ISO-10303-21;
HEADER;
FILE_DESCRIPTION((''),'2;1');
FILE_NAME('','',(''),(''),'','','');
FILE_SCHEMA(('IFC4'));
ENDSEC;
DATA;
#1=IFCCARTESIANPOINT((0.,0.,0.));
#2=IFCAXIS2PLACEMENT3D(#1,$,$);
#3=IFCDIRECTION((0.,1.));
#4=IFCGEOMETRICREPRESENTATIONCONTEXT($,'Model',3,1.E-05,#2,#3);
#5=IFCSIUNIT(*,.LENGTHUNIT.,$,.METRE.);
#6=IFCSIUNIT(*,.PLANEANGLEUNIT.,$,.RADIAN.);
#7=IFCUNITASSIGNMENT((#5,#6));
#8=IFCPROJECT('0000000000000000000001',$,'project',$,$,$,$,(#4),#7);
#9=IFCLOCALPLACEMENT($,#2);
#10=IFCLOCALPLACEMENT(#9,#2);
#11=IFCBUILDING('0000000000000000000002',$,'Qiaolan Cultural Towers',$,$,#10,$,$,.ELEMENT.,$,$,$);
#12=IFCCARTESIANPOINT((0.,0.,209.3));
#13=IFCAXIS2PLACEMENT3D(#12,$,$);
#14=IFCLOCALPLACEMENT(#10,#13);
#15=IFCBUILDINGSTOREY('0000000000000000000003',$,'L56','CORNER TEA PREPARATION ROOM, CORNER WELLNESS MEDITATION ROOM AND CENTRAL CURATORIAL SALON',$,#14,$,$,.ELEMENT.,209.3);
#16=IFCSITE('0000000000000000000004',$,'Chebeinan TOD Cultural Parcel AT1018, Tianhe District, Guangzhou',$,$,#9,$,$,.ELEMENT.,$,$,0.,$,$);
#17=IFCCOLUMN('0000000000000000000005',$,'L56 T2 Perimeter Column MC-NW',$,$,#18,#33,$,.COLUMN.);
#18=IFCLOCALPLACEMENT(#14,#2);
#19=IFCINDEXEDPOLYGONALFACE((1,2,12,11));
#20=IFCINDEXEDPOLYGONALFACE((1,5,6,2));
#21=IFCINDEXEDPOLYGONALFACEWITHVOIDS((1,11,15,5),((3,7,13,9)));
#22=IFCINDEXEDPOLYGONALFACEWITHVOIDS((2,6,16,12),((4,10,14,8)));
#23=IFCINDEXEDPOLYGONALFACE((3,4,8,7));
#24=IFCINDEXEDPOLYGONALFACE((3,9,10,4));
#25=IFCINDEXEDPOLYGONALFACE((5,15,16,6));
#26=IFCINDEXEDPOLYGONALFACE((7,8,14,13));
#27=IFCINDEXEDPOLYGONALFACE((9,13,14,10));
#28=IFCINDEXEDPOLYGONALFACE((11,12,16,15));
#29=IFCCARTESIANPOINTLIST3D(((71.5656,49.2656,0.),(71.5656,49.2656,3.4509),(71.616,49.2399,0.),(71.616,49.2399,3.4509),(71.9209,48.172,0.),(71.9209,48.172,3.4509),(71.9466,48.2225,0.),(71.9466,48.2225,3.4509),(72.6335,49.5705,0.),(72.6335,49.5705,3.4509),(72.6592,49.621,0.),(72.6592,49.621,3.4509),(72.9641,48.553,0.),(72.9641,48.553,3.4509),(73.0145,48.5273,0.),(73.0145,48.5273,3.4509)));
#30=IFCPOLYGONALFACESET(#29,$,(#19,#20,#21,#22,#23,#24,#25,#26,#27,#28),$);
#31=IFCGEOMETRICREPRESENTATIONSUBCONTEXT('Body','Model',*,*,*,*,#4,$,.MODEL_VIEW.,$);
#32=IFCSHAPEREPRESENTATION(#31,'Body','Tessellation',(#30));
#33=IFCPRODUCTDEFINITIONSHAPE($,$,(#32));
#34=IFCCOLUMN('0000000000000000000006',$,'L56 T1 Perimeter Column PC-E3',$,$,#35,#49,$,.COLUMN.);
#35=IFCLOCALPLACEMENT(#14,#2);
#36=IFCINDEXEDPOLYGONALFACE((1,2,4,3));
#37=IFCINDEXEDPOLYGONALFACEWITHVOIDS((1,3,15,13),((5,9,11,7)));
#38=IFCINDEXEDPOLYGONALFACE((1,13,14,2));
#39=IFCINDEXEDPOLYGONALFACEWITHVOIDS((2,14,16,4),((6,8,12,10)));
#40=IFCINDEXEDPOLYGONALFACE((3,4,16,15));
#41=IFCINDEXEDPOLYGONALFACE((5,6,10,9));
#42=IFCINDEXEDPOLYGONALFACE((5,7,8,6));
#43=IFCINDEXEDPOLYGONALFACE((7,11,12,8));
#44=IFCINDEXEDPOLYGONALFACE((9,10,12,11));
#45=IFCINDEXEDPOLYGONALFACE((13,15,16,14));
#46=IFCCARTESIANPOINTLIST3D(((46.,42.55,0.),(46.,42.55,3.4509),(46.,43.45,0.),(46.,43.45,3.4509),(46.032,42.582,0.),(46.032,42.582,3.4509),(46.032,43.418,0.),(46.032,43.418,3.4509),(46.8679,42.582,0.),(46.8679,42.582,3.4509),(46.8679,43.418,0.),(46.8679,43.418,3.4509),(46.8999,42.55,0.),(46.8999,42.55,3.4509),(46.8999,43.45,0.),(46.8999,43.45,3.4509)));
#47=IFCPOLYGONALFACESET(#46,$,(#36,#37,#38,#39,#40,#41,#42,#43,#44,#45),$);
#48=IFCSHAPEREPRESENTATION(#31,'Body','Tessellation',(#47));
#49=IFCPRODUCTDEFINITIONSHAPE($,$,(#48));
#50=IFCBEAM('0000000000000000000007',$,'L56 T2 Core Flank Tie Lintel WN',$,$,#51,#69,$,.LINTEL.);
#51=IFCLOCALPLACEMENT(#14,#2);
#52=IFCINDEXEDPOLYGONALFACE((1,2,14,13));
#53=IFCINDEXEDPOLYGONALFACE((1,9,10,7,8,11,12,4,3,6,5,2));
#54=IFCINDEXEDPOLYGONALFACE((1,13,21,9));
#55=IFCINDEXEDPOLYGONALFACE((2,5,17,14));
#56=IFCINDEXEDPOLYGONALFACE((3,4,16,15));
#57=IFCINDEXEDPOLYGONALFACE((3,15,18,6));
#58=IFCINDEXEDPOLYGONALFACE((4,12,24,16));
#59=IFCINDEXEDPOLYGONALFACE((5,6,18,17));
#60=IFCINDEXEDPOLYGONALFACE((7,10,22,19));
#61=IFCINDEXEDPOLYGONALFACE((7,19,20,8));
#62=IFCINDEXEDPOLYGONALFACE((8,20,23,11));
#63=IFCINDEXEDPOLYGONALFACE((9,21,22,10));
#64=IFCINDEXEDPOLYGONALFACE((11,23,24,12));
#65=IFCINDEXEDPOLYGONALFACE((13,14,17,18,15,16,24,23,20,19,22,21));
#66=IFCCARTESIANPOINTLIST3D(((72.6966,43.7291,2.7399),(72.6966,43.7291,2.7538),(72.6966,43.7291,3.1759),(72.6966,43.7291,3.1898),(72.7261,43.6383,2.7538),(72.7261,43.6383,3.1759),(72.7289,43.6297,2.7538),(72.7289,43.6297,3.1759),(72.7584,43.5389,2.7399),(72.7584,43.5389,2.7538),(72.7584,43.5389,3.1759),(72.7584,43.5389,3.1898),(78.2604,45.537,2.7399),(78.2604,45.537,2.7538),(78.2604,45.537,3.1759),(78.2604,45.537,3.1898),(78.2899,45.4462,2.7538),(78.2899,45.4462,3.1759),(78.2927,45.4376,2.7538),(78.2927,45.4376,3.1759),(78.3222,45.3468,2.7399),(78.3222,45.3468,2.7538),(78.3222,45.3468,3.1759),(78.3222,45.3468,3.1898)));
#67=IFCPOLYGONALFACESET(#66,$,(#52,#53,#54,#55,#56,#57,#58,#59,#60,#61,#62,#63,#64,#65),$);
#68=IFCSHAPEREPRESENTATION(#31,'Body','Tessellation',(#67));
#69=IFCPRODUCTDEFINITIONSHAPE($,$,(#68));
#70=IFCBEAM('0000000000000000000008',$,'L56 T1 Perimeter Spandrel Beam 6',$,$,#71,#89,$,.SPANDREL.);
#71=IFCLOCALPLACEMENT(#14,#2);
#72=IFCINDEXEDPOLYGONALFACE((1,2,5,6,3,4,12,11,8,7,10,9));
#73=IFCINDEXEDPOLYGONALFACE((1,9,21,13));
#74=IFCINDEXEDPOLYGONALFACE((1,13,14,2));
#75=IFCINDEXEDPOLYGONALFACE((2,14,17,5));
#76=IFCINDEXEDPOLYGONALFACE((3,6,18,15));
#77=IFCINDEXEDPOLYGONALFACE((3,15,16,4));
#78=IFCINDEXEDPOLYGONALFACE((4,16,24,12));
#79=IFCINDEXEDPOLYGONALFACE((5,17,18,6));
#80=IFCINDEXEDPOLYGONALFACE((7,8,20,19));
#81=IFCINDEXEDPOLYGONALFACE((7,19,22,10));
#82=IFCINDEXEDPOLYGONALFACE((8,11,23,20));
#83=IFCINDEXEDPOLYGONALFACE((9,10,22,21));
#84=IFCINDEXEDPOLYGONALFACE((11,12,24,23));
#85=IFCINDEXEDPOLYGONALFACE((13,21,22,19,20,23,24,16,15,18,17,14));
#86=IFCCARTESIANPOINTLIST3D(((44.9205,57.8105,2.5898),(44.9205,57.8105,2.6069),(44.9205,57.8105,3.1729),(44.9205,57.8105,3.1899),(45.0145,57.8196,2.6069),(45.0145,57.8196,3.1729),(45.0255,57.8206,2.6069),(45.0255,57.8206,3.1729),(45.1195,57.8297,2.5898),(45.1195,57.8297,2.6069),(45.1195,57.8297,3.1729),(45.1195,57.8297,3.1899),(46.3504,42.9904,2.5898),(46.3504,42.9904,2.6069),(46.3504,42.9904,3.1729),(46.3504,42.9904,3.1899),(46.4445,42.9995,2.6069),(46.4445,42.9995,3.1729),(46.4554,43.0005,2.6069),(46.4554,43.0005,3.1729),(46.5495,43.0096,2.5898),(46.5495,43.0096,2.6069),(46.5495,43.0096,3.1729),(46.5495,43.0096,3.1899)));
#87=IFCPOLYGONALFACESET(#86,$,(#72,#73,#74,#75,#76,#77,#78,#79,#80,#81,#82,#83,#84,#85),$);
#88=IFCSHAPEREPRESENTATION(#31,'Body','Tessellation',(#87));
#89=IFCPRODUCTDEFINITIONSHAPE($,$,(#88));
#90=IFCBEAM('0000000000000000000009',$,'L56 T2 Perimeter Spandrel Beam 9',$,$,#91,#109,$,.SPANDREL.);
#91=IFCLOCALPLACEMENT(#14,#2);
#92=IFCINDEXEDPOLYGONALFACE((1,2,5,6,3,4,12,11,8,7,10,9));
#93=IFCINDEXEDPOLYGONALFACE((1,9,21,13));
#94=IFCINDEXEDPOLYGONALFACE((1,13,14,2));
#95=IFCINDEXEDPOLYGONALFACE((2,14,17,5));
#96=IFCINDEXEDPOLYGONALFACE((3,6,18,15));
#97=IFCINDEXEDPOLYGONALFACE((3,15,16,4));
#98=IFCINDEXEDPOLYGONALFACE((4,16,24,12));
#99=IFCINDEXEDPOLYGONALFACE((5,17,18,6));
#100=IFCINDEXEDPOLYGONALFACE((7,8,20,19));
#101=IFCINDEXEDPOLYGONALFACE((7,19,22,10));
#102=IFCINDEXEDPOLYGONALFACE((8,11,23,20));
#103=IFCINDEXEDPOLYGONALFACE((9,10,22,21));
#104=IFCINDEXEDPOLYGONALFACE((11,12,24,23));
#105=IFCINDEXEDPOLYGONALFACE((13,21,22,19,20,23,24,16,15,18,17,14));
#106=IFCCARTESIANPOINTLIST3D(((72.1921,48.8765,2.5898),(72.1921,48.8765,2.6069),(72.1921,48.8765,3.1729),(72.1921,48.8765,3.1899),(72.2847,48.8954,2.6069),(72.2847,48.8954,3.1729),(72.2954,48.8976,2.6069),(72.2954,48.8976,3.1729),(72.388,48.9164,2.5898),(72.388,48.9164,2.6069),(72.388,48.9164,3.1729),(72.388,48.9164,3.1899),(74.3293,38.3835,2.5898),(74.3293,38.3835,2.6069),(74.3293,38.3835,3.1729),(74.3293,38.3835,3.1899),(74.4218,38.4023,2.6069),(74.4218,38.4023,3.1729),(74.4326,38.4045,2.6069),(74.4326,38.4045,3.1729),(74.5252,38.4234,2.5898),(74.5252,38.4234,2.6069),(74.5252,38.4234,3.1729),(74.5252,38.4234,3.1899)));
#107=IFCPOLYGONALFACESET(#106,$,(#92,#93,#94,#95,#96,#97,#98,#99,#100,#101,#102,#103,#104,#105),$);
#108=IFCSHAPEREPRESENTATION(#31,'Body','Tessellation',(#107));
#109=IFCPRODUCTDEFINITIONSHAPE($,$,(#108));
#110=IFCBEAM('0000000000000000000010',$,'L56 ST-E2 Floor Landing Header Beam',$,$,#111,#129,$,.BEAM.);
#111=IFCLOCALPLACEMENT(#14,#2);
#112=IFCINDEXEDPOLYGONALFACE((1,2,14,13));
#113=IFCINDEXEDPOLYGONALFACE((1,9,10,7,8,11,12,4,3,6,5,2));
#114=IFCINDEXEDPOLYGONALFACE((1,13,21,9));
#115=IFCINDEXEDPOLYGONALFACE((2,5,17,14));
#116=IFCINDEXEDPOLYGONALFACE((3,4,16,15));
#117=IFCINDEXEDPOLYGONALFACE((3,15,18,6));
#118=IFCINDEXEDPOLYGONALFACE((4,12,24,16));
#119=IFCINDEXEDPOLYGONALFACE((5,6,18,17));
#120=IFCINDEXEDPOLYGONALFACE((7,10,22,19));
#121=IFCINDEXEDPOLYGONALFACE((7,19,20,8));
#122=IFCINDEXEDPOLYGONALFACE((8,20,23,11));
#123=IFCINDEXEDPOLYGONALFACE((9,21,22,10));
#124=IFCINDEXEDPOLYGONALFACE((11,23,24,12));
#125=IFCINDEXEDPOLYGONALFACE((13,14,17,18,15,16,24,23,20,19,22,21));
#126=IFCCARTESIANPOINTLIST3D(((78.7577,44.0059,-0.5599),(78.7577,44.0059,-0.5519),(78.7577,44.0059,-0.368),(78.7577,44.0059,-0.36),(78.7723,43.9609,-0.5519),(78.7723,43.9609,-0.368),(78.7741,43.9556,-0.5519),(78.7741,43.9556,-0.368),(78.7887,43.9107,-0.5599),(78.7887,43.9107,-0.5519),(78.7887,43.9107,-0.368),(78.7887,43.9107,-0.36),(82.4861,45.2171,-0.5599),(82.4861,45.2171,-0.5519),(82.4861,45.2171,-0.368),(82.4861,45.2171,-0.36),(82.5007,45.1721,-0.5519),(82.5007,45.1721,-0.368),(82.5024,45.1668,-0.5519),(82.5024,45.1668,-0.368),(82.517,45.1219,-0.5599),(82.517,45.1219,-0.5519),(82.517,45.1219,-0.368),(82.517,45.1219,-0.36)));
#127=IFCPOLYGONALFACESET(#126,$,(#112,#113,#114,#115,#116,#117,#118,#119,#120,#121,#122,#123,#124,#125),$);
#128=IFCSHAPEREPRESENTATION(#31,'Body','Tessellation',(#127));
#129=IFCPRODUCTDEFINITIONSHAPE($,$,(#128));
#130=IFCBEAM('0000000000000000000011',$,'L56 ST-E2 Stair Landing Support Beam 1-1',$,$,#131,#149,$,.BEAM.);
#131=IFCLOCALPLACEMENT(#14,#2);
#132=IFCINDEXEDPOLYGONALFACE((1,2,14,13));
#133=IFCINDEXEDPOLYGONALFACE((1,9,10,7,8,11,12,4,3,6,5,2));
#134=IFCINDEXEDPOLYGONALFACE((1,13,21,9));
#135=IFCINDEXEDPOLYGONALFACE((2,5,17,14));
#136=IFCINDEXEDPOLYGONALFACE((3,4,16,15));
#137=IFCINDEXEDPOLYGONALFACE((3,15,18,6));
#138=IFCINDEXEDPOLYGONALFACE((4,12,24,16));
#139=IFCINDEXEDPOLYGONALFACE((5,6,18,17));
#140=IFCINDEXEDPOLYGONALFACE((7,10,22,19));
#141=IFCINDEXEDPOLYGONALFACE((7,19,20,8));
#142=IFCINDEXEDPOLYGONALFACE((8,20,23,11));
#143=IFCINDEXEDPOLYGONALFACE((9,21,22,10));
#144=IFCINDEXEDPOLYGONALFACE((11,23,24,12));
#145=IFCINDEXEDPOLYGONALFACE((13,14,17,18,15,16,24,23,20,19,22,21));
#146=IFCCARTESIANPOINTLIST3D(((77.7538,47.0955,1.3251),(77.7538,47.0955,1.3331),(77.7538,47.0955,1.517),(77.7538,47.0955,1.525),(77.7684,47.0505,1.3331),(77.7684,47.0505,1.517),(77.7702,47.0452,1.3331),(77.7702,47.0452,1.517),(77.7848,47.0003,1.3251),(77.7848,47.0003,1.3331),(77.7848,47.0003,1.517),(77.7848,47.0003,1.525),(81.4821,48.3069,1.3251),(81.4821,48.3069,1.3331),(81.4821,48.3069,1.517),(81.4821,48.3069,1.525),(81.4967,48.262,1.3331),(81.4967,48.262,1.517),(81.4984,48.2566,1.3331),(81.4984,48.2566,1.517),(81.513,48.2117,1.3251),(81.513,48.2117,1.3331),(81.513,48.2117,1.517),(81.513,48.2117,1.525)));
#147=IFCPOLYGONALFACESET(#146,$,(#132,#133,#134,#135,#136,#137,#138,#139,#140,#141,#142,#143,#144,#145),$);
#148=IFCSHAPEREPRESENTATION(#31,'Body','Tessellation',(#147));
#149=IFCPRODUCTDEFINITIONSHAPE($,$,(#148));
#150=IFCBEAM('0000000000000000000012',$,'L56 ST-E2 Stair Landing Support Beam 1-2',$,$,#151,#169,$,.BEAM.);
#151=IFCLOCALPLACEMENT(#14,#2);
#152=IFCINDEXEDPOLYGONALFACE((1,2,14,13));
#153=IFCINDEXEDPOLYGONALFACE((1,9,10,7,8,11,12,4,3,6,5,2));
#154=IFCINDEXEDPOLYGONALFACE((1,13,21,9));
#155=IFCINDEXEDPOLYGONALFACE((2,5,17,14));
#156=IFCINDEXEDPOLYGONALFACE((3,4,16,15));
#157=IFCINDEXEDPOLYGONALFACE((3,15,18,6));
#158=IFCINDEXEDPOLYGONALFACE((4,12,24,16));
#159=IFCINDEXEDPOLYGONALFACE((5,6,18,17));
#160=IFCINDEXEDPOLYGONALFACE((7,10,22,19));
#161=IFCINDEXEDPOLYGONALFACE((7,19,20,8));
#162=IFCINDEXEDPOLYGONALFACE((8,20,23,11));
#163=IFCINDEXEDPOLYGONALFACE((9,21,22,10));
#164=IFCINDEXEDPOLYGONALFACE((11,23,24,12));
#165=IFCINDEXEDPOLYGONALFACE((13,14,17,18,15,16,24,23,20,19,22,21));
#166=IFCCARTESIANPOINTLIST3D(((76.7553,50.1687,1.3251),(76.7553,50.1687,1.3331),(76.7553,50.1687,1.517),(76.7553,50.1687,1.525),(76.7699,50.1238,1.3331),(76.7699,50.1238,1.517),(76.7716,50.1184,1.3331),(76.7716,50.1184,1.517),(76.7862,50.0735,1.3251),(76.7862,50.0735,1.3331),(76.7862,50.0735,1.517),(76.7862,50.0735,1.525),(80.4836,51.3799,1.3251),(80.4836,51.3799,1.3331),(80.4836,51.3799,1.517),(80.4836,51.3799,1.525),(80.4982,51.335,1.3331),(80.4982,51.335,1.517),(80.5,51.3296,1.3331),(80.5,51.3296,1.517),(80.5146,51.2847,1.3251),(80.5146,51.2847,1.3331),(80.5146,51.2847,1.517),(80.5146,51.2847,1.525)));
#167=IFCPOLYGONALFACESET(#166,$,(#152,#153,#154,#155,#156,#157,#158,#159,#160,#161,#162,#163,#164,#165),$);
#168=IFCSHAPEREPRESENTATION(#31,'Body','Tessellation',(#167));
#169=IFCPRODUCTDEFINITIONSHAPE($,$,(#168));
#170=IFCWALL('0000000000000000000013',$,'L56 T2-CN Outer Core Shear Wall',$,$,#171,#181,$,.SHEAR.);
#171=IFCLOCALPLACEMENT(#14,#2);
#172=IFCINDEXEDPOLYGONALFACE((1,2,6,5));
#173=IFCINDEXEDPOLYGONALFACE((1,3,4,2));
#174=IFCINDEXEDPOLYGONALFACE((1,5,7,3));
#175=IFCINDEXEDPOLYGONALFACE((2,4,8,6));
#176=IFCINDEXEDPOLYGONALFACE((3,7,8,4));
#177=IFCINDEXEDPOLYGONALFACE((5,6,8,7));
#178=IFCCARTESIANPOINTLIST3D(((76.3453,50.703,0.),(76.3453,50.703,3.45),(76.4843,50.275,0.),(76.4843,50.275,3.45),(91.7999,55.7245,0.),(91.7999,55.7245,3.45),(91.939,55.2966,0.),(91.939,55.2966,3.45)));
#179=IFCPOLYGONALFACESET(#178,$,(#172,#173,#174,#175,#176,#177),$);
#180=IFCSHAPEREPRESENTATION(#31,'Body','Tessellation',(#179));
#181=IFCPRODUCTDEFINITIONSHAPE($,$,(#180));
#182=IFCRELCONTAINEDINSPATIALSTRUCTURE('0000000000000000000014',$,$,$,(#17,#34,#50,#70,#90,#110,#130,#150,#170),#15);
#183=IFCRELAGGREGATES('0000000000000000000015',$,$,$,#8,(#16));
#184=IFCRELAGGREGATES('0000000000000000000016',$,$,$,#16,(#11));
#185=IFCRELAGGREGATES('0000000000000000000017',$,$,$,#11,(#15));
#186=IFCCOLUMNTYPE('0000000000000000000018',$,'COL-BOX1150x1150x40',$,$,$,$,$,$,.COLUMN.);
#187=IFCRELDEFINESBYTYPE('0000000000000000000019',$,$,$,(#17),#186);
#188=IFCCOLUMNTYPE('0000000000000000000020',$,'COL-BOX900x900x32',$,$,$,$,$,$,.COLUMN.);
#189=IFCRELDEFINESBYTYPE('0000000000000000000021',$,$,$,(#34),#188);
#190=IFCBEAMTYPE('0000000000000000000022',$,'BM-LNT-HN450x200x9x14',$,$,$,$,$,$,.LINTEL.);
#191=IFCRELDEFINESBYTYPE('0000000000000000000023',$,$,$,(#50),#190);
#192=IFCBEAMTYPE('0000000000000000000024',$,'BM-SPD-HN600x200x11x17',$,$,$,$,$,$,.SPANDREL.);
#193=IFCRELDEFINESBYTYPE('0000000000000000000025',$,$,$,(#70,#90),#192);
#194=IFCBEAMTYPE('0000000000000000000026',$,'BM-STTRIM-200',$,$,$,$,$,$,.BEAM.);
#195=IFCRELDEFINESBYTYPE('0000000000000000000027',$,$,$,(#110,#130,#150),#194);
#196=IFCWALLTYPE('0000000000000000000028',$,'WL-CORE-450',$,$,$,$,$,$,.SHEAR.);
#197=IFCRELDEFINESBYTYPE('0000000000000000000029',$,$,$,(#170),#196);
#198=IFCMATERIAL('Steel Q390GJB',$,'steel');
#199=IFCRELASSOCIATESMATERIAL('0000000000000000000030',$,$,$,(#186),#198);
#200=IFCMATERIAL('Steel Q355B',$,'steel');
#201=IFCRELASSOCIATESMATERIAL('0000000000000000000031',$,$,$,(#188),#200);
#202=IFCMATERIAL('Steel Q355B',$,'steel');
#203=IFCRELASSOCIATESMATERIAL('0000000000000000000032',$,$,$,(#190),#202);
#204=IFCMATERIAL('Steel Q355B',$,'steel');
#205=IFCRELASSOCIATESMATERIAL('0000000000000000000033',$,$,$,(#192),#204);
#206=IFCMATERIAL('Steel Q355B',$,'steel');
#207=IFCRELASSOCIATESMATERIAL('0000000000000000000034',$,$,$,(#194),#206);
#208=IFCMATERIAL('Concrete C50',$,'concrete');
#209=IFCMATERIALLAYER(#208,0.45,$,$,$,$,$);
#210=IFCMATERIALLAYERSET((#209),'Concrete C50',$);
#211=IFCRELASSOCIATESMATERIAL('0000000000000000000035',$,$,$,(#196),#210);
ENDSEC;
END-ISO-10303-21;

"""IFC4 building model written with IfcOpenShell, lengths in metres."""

from ifc_helpers import new_model, si_unit, direction, frame, frame_2d, origin, origin_2d, place, context, subcontext, project, spatial, rectangle, hollow_rectangle, i_section, extrude, material, layer, layer_set, material_profile, profile_set, type_object, element, save


model = new_model("IFC4")

# Units and contexts
model_context = context("Model", 3, precision=1e-05, world=origin(), true_north=direction((0.0, 1.0)))
body_context = subcontext(model_context, "Body", "Model", "MODEL_VIEW")
ifc_project = project(units=[si_unit("LENGTHUNIT", "METRE"), si_unit("PLANEANGLEUNIT", "RADIAN")], contexts=[model_context])

# Site, building, storey
site_placement = place(None, origin())
site = spatial("IfcSite", under=ifc_project, at=site_placement, Name="Chebeinan TOD Cultural Parcel AT1018, Tianhe District, Guangzhou", CompositionType="ELEMENT", RefElevation=0.0)
building_placement = place(site_placement, origin())
building = spatial("IfcBuilding", under=site, at=building_placement, Name="Qiaolan Cultural Towers", CompositionType="ELEMENT")
storey_placement = place(building_placement, frame((0.0, 0.0, 209.3)))
storey = spatial("IfcBuildingStorey", under=building, at=storey_placement, Name="L56", Description="CORNER TEA PREPARATION ROOM, CORNER WELLNESS MEDITATION ROOM AND CENTRAL CURATORIAL SALON", CompositionType="ELEMENT", Elevation=209.3)

# Columns
ifc_material_1 = material(Name="Steel Q390GJB", Category="steel")
ifc_material_profile_1 = material_profile(ifc_material_1, hollow_rectangle(XDim=1.1499, YDim=1.1499, WallThickness=0.04, at=origin_2d()), Name="BOX1150x1150x40")
ifc_profile_set_1 = profile_set([ifc_material_profile_1], Name="Steel Q390GJB")
column_type_1 = type_object("IfcColumnType", Name="COL-BOX1150x1150x40", PredefinedType="COLUMN", material=ifc_profile_set_1)
column_1_placement = place(storey_placement, frame((72.29, 48.8965, 0.0), z_axis=(0.0, 0.0, 1.0), x_axis=(0.951057, 0.309017, 0.0)))
element("IfcColumn", 1, at=column_1_placement, inside=storey, type_object=column_type_1, Name="L56 T2 Perimeter Column MC-NW", PredefinedType="COLUMN", context=body_context, shape_type="SweptSolid", body=[
    extrude(hollow_rectangle(XDim=1.1499, YDim=1.1499, WallThickness=0.04, at=origin_2d()), origin(), (0.0, 0.0, 1.0), 3.4509),
])
ifc_material_2 = material(Name="Steel Q355B", Category="steel")
ifc_material_profile_2 = material_profile(ifc_material_2, hollow_rectangle(XDim=0.8999, YDim=0.8999, WallThickness=0.032, at=origin_2d()), Name="BOX900x900x32")
ifc_profile_set_2 = profile_set([ifc_material_profile_2], Name="Steel Q355B")
column_type_2 = type_object("IfcColumnType", Name="COL-BOX900x900x32", PredefinedType="COLUMN", material=ifc_profile_set_2)
column_2_placement = place(storey_placement, frame((46.45, 43.0, 0.0), z_axis=(0.0, 0.0, 1.0), x_axis=(1.0, 0.0, 0.0)))
element("IfcColumn", 2, at=column_2_placement, inside=storey, type_object=column_type_2, Name="L56 T1 Perimeter Column PC-E3", PredefinedType="COLUMN", context=body_context, shape_type="SweptSolid", body=[
    extrude(hollow_rectangle(XDim=0.8999, YDim=0.8999, WallThickness=0.032, at=origin_2d()), origin(), (0.0, 0.0, 1.0), 3.4509),
])

# Beams
ifc_material_3 = material(Name="Steel Q355B", Category="steel")
ifc_material_profile_3 = material_profile(ifc_material_3, i_section(OverallWidth=0.2, OverallDepth=0.45, WebThickness=0.009, FlangeThickness=0.0139, at=origin_2d()), Name="HN450x200x9x14")
ifc_profile_set_3 = profile_set([ifc_material_profile_3], Name="Steel Q355B")
beam_type_1 = type_object("IfcBeamType", Name="BM-LNT-HN450x200x9x14", PredefinedType="LINTEL", material=ifc_profile_set_3)
beam_1_placement = place(storey_placement, frame((78.2913, 45.4419, 2.9648), z_axis=(-0.951052, -0.309032, 0.0), x_axis=(0.309032, -0.951052, 0.0)))
element("IfcBeam", 3, at=beam_1_placement, inside=storey, type_object=beam_type_1, Name="L56 T2 Core Flank Tie Lintel WN", PredefinedType="LINTEL", context=body_context, shape_type="SweptSolid", body=[
    extrude(i_section(OverallWidth=0.2, OverallDepth=0.45, WebThickness=0.009, FlangeThickness=0.0139, at=origin_2d()), origin(), (0.0, 0.0, 1.0), 5.8501),
])
ifc_material_4 = material(Name="Steel Q355B", Category="steel")
ifc_material_profile_4 = material_profile(ifc_material_4, i_section(OverallWidth=0.2, OverallDepth=0.6001, WebThickness=0.011, FlangeThickness=0.0171, at=origin_2d()), Name="HN600x200x11x17")
ifc_profile_set_4 = profile_set([ifc_material_profile_4], Name="Steel Q355B")
beam_type_2 = type_object("IfcBeamType", Name="BM-SPD-HN600x200x11x17", PredefinedType="SPANDREL", material=ifc_profile_set_4)
beam_2_placement = place(storey_placement, frame((46.45, 43.0, 2.8899), z_axis=(-0.09604, 0.995377, 0.0), x_axis=(-0.995377, -0.09604, 0.0)))
element("IfcBeam", 4, at=beam_2_placement, inside=storey, type_object=beam_type_2, Name="L56 T1 Perimeter Spandrel Beam 6", PredefinedType="SPANDREL", context=body_context, shape_type="SweptSolid", body=[
    extrude(i_section(OverallWidth=0.2, OverallDepth=0.6001, WebThickness=0.011, FlangeThickness=0.0171, at=origin_2d()), origin(), (0.0, 0.0, 1.0), 14.8889),
])
beam_3_placement = place(storey_placement, frame((72.29, 48.8965, 2.8899), z_axis=(0.199579, -0.979882, 0.0), x_axis=(0.979882, 0.199579, 0.0)))
element("IfcBeam", 5, at=beam_3_placement, inside=storey, type_object=beam_type_2, Name="L56 T2 Perimeter Spandrel Beam 9", PredefinedType="SPANDREL", context=body_context, shape_type="SweptSolid", body=[
    extrude(i_section(OverallWidth=0.2, OverallDepth=0.6001, WebThickness=0.011, FlangeThickness=0.0171, at=origin_2d()), origin(), (0.0, 0.0, 1.0), 10.7085),
])
ifc_material_5 = material(Name="Steel Q355B", Category="steel")
ifc_material_profile_5 = material_profile(ifc_material_5, i_section(OverallWidth=0.1001, OverallDepth=0.2, WebThickness=0.0056, FlangeThickness=0.0081, at=origin_2d()), Name="HN200x100x5.5x8")
ifc_profile_set_5 = profile_set([ifc_material_profile_5], Name="Steel Q355B")
beam_type_3 = type_object("IfcBeamType", Name="BM-STTRIM-200", PredefinedType="BEAM", material=ifc_profile_set_5)
for number, where, z_axis, x_axis, name in (
    (6, (78.7732, 43.9583, -0.46), (0.951072, 0.308969, 0.0), (-0.308969, 0.951072, 0.0), "L56 ST-E2 Floor Landing Header Beam"),
    (7, (77.7693, 47.0479, 1.425), (0.951054, 0.309026, 0.0), (-0.309026, 0.951054, 0.0), "L56 ST-E2 Stair Landing Support Beam 1-1"),
    (8, (76.7708, 50.1211, 1.425), (0.951072, 0.308969, 0.0), (-0.308969, 0.951072, 0.0), "L56 ST-E2 Stair Landing Support Beam 1-2"),
):
    element("IfcBeam", number, at=place(storey_placement, frame(where, z_axis=z_axis, x_axis=x_axis)), inside=storey, type_object=beam_type_3, Name=name, PredefinedType="BEAM", context=body_context, shape_type="SweptSolid", body=[
        extrude(i_section(OverallWidth=0.1001, OverallDepth=0.2, WebThickness=0.0056, FlangeThickness=0.0081, at=origin_2d()), origin(), (0.0, 0.0, 1.0), 3.9202),
    ])

# Wall
ifc_material_6 = material(Name="Concrete C50", Category="concrete")
ifc_layer_1 = layer(ifc_material_6, 0.45)
ifc_layer_set_1 = layer_set([ifc_layer_1], Name="Concrete C50")
wall_type_1 = type_object("IfcWallType", Name="WL-CORE-450", PredefinedType="SHEAR", material=ifc_layer_set_1)
wall_1_placement = place(storey_placement, frame((76.4148, 50.489, 0.0), z_axis=(0.0, 0.0, 1.0), x_axis=(0.951057, 0.309016, 0.0)))
element("IfcWall", 9, at=wall_1_placement, inside=storey, type_object=wall_type_1, Name="L56 T2-CN Outer Core Shear Wall", PredefinedType="SHEAR", context=body_context, shape_type="SweptSolid", body=[
    extrude(rectangle(XDim=16.25, YDim=0.45, at=frame_2d((8.125, 0.0))), origin(), (0.0, 0.0, 1.0), 3.45),
])

save(model, "model.ifc")
